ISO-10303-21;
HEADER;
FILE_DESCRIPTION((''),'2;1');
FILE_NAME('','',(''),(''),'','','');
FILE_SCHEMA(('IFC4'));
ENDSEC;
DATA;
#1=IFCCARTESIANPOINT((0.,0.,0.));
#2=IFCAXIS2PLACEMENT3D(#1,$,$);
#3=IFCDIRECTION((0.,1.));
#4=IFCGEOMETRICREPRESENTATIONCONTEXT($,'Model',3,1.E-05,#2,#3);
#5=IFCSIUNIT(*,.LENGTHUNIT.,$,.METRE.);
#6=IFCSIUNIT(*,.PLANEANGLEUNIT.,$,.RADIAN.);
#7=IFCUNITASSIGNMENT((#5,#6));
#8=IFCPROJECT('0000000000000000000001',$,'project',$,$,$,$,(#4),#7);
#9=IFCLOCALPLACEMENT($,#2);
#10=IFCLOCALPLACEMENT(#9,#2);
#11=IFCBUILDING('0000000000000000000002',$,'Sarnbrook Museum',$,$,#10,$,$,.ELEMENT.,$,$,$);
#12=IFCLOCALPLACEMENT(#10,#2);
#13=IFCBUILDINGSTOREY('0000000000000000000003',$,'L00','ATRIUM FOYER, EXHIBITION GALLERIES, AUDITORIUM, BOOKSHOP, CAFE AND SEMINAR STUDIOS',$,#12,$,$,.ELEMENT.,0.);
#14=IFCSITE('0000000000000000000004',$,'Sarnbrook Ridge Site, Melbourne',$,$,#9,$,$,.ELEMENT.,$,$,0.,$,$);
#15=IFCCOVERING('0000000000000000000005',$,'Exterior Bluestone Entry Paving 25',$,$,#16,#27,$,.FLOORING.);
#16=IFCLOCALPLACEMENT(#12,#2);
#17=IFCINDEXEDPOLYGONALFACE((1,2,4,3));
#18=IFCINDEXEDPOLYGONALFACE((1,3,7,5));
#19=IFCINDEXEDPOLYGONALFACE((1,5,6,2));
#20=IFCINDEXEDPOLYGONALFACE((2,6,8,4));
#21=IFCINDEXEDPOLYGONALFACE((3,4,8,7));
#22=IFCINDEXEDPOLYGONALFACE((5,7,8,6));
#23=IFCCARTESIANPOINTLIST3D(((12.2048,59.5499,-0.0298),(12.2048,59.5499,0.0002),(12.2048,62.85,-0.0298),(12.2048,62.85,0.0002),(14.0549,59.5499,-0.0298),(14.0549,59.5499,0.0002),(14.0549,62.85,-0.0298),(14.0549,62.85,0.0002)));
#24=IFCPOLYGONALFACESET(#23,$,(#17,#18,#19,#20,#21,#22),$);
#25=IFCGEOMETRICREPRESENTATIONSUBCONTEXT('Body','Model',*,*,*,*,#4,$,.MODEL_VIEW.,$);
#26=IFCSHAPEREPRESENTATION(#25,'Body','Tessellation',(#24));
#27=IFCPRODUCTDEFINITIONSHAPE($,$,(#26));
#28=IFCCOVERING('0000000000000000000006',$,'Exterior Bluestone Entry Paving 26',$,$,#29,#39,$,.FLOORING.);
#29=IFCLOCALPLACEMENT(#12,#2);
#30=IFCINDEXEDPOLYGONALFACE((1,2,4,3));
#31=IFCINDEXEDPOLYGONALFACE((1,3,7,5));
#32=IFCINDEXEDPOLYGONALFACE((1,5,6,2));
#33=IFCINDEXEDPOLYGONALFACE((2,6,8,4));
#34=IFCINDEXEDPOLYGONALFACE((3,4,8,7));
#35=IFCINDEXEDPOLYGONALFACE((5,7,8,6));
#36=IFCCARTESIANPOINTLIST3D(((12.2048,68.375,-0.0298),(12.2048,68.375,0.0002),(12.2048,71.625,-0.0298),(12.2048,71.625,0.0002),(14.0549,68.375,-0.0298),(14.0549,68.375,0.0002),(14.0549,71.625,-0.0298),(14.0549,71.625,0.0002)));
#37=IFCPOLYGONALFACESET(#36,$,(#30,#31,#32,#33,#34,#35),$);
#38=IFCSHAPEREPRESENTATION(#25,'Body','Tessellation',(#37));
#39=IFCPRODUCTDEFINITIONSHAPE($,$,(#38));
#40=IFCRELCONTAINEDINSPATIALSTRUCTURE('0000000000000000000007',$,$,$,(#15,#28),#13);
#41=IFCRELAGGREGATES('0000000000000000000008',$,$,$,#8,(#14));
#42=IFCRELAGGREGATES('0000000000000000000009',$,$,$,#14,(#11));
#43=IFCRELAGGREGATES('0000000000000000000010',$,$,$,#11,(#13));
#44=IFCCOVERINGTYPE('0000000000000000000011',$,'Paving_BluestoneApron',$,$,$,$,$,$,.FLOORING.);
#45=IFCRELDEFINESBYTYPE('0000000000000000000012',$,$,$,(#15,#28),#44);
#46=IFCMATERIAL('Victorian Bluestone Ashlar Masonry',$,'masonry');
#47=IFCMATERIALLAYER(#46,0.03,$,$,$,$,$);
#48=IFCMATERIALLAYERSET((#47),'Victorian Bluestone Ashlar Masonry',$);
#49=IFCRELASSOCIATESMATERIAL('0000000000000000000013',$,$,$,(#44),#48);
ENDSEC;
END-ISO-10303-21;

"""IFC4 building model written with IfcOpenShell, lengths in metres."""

from ifc_helpers import new_model, si_unit, direction, frame, origin, origin_2d, place, context, subcontext, project, spatial, rectangle, extrude, material, layer, layer_set, type_object, element, save


model = new_model("IFC4")

# Units and contexts
model_context = context("Model", 3, precision=1e-05, world=origin(), true_north=direction((0.0, 1.0)))
body_context = subcontext(model_context, "Body", "Model", "MODEL_VIEW")
ifc_project = project(units=[si_unit("LENGTHUNIT", "METRE"), si_unit("PLANEANGLEUNIT", "RADIAN")], contexts=[model_context])

# Site, building, storey
site_placement = place(None, origin())
site = spatial("IfcSite", under=ifc_project, at=site_placement, Name="Sarnbrook Ridge Site, Melbourne", CompositionType="ELEMENT", RefElevation=0.0)
building_placement = place(site_placement, origin())
building = spatial("IfcBuilding", under=site, at=building_placement, Name="Sarnbrook Museum", CompositionType="ELEMENT")
storey_placement = place(building_placement, origin())
storey = spatial("IfcBuildingStorey", under=building, at=storey_placement, Name="L00", Description="ATRIUM FOYER, EXHIBITION GALLERIES, AUDITORIUM, BOOKSHOP, CAFE AND SEMINAR STUDIOS", CompositionType="ELEMENT", Elevation=0.0)

# Coverings
ifc_material_1 = material(Name="Victorian Bluestone Ashlar Masonry", Category="masonry")
ifc_layer_1 = layer(ifc_material_1, 0.03)
ifc_layer_set_1 = layer_set([ifc_layer_1], Name="Victorian Bluestone Ashlar Masonry")
covering_type = type_object("IfcCoveringType", Name="Paving_BluestoneApron", PredefinedType="FLOORING", material=ifc_layer_set_1)
covering_1_placement = place(storey_placement, frame((13.1299, 61.2, -0.0298), z_axis=(0.0, 0.0, 1.0), x_axis=(1.0, 0.0, 0.0)))
element("IfcCovering", 1, at=covering_1_placement, inside=storey, type_object=covering_type, Name="Exterior Bluestone Entry Paving 25", PredefinedType="FLOORING", context=body_context, shape_type="SweptSolid", body=[
    extrude(rectangle(XDim=1.8501, YDim=3.3, at=origin_2d()), origin(), (0.0, 0.0, 1.0), 0.03),
])
covering_2_placement = place(storey_placement, frame((13.1299, 70.0, -0.0298), z_axis=(0.0, 0.0, 1.0), x_axis=(1.0, 0.0, 0.0)))
element("IfcCovering", 2, at=covering_2_placement, inside=storey, type_object=covering_type, Name="Exterior Bluestone Entry Paving 26", PredefinedType="FLOORING", context=body_context, shape_type="SweptSolid", body=[
    extrude(rectangle(XDim=1.8501, YDim=3.25, at=origin_2d()), origin(), (0.0, 0.0, 1.0), 0.03),
])

save(model, "model.ifc")
